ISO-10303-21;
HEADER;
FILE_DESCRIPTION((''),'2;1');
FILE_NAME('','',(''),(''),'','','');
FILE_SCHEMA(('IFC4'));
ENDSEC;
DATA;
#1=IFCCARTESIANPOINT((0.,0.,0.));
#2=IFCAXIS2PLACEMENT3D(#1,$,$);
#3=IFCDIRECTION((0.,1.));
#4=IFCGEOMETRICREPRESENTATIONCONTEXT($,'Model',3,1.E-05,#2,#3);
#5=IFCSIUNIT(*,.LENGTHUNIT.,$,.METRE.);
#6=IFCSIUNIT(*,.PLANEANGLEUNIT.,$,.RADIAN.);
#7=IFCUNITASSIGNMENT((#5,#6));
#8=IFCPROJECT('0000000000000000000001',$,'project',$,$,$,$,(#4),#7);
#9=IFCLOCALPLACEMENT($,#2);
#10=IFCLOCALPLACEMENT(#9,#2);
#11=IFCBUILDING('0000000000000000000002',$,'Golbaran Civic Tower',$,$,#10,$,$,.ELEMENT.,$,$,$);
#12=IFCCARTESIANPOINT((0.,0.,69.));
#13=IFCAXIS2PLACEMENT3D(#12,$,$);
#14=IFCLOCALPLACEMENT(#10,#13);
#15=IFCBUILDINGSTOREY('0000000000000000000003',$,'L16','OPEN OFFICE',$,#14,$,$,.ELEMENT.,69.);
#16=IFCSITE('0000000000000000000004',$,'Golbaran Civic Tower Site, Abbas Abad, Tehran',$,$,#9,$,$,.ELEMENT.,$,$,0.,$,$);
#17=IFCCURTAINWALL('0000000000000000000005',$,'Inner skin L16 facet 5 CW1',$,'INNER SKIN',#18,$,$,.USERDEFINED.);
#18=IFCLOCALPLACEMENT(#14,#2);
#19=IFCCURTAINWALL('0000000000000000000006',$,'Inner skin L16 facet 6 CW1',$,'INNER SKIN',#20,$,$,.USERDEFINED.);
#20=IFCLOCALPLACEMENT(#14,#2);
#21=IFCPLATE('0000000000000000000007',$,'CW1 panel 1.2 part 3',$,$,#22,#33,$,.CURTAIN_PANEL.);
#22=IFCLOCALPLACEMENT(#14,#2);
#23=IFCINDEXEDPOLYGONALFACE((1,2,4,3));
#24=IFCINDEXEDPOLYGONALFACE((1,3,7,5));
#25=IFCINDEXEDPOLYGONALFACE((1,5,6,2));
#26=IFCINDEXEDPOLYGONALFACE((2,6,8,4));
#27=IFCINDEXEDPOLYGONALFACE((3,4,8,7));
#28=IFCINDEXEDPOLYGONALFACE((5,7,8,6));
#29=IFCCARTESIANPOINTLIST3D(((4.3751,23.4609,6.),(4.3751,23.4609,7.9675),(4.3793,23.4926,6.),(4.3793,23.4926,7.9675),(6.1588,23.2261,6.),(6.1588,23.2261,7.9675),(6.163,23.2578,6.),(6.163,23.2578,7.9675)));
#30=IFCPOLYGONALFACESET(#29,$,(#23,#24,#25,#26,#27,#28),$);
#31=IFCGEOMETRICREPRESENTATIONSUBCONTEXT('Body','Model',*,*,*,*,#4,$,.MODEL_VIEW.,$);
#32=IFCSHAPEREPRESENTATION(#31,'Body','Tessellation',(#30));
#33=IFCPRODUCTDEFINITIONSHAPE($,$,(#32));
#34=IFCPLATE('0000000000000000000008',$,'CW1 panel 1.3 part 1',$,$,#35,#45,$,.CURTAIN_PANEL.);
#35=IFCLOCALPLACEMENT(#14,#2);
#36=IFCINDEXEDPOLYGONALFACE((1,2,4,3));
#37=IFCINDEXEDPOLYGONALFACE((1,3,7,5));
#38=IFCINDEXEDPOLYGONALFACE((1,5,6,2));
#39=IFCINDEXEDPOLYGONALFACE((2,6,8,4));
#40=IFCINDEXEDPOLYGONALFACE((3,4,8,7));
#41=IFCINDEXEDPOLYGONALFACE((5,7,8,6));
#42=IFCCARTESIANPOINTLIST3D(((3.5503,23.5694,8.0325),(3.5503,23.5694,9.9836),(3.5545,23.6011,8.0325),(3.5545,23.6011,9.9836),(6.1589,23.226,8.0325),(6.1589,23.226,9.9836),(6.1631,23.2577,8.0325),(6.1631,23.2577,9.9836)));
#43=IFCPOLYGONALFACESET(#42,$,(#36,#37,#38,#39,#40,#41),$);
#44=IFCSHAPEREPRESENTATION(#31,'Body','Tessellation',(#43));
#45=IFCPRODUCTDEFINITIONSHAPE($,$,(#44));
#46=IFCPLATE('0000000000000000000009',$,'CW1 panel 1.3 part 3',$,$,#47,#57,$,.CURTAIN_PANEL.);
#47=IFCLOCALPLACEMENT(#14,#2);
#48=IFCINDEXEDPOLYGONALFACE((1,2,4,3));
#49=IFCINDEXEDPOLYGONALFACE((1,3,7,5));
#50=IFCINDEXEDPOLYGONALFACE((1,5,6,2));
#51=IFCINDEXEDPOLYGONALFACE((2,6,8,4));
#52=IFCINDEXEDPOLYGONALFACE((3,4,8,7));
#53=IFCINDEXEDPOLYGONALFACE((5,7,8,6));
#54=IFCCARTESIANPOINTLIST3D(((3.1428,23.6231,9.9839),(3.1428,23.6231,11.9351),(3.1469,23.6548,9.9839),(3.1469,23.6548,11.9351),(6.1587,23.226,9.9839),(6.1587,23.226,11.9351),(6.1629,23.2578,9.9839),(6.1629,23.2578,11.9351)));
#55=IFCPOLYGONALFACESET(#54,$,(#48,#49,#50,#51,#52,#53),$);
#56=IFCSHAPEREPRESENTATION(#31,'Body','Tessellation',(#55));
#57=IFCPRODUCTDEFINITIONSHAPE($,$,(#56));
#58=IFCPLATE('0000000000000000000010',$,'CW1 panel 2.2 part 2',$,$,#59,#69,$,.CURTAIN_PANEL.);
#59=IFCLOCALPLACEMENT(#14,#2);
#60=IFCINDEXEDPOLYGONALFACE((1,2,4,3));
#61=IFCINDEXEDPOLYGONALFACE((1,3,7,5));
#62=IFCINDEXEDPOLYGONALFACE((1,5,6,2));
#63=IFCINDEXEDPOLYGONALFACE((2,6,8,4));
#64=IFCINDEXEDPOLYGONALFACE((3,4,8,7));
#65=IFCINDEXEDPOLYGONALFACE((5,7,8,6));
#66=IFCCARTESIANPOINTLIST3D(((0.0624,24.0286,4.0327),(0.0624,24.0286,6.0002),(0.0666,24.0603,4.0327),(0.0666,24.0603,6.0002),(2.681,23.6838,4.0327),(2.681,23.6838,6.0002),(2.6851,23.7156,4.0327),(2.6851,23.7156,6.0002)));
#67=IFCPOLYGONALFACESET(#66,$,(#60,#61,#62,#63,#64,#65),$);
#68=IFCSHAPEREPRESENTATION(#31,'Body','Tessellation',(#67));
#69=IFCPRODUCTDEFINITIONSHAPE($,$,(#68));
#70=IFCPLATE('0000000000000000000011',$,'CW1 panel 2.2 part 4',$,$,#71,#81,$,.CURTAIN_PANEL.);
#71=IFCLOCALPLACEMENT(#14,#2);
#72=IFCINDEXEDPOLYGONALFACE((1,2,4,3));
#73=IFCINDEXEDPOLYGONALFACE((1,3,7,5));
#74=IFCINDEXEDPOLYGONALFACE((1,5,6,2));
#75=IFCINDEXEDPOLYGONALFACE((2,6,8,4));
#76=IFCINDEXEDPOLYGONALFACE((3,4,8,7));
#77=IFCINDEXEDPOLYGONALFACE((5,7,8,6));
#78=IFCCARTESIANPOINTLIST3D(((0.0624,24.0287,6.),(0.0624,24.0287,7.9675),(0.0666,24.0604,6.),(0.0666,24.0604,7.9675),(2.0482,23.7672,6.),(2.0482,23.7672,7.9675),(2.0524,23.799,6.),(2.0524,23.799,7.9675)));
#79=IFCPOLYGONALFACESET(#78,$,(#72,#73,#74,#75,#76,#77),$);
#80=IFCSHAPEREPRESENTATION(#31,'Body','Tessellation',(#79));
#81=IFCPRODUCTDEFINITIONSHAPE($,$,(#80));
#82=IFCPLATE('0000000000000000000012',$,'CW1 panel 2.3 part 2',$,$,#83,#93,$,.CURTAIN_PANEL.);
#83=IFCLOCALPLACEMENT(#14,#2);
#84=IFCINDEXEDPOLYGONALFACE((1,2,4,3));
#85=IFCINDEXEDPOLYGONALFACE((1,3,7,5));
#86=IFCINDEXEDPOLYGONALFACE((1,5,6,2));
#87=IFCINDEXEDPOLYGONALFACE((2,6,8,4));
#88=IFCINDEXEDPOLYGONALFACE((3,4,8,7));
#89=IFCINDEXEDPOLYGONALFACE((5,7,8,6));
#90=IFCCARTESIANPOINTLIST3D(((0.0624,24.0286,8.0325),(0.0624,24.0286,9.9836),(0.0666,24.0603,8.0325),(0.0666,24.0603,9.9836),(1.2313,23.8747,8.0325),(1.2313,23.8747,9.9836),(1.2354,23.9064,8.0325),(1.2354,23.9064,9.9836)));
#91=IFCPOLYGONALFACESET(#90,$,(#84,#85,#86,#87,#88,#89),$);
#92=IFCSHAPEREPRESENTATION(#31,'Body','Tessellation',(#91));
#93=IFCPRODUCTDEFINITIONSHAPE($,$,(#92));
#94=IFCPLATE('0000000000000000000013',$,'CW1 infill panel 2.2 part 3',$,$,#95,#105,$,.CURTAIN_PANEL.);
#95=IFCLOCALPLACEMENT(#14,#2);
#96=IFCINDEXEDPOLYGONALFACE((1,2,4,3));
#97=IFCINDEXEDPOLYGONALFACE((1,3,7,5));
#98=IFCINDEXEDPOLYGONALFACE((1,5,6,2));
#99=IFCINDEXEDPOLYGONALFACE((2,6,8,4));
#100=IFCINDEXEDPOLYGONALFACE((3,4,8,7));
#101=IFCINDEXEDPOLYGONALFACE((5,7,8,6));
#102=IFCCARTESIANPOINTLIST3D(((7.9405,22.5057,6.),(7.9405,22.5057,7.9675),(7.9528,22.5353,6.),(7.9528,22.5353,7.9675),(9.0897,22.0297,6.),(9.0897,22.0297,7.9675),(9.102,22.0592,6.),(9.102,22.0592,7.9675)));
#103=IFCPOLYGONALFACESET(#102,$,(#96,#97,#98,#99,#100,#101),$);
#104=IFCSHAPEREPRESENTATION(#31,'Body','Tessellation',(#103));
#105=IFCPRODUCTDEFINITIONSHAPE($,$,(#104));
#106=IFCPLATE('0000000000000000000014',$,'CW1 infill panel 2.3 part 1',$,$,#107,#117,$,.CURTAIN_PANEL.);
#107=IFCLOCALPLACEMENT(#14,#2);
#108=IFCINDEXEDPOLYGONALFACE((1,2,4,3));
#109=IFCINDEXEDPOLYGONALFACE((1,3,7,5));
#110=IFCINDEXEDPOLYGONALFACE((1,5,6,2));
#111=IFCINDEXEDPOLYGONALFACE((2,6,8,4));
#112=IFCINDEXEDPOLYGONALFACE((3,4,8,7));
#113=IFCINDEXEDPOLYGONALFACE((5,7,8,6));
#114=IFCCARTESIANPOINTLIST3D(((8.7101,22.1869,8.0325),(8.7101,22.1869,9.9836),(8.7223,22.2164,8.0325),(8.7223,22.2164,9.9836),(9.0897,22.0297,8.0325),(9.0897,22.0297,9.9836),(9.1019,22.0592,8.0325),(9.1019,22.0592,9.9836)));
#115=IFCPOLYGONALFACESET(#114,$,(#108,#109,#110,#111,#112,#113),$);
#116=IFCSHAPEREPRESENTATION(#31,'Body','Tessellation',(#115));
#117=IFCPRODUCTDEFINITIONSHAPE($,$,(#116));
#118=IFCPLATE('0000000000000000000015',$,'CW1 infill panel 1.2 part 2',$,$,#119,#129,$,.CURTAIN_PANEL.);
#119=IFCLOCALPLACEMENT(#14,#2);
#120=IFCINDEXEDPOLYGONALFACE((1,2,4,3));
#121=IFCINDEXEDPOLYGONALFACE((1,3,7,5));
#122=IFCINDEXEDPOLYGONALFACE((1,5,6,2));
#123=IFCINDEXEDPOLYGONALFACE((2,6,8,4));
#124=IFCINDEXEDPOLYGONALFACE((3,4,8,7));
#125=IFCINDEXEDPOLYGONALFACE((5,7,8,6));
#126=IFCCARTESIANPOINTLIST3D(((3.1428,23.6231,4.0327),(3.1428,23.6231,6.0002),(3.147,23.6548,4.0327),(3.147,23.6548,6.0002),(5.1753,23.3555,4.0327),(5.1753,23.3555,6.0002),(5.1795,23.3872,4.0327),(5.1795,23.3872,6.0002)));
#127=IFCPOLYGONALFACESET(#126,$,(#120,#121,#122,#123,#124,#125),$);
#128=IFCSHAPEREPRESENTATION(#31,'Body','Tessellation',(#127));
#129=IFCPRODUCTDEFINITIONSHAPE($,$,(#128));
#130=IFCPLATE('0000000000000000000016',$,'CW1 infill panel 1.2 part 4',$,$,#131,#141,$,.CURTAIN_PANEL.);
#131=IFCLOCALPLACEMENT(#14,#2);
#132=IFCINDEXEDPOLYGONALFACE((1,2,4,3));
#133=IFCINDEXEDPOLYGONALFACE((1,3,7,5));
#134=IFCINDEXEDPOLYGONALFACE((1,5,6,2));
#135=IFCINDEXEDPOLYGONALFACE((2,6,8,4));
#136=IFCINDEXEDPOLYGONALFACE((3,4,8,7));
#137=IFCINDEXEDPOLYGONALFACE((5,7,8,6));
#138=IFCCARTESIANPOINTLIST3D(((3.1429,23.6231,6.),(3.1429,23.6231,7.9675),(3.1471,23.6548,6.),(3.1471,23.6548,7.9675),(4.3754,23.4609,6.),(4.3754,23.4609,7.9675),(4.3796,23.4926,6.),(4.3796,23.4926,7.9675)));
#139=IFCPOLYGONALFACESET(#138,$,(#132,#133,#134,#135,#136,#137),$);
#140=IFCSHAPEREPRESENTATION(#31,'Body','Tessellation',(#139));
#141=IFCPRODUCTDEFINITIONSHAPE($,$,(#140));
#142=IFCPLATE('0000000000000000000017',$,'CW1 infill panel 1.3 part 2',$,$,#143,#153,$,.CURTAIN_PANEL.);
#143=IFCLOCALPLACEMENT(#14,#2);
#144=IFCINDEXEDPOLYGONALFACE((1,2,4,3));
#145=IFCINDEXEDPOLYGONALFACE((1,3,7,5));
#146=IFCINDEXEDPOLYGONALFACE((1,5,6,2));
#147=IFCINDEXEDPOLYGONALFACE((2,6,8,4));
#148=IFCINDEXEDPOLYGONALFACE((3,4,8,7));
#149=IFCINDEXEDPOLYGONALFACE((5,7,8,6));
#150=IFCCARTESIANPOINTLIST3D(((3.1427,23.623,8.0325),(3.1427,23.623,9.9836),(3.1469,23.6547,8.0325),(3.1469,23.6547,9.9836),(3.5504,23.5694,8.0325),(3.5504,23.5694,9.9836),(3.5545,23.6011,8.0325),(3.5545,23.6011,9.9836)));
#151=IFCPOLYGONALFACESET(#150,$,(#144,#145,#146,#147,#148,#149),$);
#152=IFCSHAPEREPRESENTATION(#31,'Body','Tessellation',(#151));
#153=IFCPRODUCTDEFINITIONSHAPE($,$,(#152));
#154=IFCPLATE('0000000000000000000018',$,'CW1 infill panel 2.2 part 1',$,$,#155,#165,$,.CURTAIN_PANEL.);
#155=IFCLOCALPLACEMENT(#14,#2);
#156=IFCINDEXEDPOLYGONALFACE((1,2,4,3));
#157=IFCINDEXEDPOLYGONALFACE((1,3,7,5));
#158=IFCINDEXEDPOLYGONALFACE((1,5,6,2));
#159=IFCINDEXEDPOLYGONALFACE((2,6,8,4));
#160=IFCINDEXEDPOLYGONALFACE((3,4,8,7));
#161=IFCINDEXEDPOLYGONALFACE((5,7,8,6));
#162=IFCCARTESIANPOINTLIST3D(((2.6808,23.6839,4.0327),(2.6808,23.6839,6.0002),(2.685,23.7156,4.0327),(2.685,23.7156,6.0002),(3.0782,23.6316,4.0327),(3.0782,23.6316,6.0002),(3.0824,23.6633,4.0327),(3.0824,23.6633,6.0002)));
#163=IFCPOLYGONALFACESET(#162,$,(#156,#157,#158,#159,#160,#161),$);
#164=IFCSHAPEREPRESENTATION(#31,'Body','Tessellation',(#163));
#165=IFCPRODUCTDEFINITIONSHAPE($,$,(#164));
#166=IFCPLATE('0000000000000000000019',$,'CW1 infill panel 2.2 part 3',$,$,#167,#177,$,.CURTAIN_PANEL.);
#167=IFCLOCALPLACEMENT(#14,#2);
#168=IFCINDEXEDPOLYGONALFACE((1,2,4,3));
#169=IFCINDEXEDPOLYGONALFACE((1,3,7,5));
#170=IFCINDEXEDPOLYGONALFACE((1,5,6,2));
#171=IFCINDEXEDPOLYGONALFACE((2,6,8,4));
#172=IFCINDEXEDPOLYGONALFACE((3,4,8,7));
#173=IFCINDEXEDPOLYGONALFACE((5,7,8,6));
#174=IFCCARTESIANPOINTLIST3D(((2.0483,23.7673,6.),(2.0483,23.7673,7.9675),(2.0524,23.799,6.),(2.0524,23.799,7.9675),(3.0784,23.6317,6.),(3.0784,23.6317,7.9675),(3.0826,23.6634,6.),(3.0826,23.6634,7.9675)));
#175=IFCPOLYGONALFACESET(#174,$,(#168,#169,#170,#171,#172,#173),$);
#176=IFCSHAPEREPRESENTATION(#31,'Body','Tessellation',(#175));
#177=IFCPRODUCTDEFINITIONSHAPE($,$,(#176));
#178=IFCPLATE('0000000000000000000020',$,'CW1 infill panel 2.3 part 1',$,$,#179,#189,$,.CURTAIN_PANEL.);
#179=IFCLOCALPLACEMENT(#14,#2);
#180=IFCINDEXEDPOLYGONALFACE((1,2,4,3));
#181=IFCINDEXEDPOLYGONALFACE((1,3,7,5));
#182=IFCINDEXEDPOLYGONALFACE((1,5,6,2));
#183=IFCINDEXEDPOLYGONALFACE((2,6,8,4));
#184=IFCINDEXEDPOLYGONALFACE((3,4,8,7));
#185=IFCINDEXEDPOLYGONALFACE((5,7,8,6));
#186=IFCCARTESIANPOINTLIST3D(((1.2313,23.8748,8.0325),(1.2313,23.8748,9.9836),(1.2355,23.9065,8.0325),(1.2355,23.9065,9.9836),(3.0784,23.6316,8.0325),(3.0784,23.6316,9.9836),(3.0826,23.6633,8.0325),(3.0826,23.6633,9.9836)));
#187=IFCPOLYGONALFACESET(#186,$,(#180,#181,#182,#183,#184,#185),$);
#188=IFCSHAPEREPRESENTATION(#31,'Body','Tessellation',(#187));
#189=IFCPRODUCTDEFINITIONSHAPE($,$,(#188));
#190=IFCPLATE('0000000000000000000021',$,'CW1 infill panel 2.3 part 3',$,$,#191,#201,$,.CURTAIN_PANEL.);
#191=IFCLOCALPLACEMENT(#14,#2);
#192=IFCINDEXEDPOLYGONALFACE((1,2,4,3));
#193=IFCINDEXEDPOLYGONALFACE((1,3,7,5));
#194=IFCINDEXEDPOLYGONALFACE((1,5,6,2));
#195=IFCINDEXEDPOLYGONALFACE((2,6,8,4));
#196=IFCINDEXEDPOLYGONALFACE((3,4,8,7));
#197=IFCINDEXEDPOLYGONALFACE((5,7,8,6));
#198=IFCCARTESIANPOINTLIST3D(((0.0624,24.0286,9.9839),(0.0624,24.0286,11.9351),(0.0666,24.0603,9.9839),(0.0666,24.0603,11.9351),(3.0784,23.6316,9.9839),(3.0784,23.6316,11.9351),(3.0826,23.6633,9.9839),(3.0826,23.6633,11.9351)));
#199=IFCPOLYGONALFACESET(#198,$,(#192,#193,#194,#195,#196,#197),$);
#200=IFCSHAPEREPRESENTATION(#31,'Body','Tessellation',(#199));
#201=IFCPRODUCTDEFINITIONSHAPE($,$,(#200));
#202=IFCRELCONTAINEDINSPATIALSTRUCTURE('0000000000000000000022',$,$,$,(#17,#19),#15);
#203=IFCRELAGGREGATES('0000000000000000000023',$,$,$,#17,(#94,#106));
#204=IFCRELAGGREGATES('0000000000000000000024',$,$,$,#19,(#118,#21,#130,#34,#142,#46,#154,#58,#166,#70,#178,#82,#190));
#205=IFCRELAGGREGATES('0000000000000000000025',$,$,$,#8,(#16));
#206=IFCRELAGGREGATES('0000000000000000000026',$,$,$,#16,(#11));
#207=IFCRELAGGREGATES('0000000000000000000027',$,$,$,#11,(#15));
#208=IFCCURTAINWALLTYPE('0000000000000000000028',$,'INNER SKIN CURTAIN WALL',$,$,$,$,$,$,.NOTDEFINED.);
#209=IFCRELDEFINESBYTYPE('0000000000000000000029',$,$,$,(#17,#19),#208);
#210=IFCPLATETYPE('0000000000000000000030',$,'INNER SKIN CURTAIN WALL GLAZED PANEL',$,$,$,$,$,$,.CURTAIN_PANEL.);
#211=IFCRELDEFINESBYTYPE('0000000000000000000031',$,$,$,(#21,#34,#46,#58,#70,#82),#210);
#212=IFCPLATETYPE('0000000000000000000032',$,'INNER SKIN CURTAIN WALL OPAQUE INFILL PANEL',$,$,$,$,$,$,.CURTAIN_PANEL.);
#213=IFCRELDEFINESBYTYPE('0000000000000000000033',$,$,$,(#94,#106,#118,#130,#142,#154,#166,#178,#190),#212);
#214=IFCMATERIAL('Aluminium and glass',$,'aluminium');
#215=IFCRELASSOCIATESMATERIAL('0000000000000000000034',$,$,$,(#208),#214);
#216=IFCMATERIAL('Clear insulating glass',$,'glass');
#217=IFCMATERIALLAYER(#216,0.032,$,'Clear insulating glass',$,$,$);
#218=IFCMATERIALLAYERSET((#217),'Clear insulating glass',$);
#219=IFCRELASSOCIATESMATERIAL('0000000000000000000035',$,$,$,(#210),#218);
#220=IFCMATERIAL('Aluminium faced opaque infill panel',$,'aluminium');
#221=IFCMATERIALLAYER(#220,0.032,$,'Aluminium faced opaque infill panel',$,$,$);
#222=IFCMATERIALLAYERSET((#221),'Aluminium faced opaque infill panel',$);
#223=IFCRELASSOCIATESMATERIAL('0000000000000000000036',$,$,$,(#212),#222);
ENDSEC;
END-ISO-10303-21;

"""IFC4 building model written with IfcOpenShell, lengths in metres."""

from ifc_helpers import new_model, si_unit, direction, frame, origin, origin_2d, place, context, subcontext, project, spatial, rectangle, extrude, material, layer, layer_set, type_object, element, aggregate, save


model = new_model("IFC4")

# Units and contexts
model_context = context("Model", 3, precision=1e-05, world=origin(), true_north=direction((0.0, 1.0)))
body_context = subcontext(model_context, "Body", "Model", "MODEL_VIEW")
ifc_project = project(units=[si_unit("LENGTHUNIT", "METRE"), si_unit("PLANEANGLEUNIT", "RADIAN")], contexts=[model_context])

# Site, building, storey
site_placement = place(None, origin())
site = spatial("IfcSite", under=ifc_project, at=site_placement, Name="Golbaran Civic Tower Site, Abbas Abad, Tehran", CompositionType="ELEMENT", RefElevation=0.0)
building_placement = place(site_placement, origin())
building = spatial("IfcBuilding", under=site, at=building_placement, Name="Golbaran Civic Tower", CompositionType="ELEMENT")
storey_placement = place(building_placement, frame((0.0, 0.0, 69.0)))
storey = spatial("IfcBuildingStorey", under=building, at=storey_placement, Name="L16", Description="OPEN OFFICE", CompositionType="ELEMENT", Elevation=69.0)

# Curtain walls
ifc_material_1 = material(Name="Aluminium and glass", Category="aluminium")
curtain_wall_type_1 = type_object("IfcCurtainWallType", Name="INNER SKIN CURTAIN WALL", PredefinedType="NOTDEFINED", material=ifc_material_1)
curtain_wall_1_placement = place(storey_placement, origin())
curtain_wall_1 = element("IfcCurtainWall", 1, at=curtain_wall_1_placement, inside=storey, type_object=curtain_wall_type_1, Name="Inner skin L16 facet 5 CW1", ObjectType="INNER SKIN", PredefinedType="USERDEFINED")
curtain_wall_2_placement = place(storey_placement, origin())
curtain_wall_2 = element("IfcCurtainWall", 2, at=curtain_wall_2_placement, inside=storey, type_object=curtain_wall_type_1, Name="Inner skin L16 facet 6 CW1", ObjectType="INNER SKIN", PredefinedType="USERDEFINED")

# Plates
ifc_material_2 = material(Name="Clear insulating glass", Category="glass")
ifc_layer_1 = layer(ifc_material_2, 0.032, Name="Clear insulating glass")
ifc_layer_set_1 = layer_set([ifc_layer_1], Name="Clear insulating glass")
plate_type_1 = type_object("IfcPlateType", Name="INNER SKIN CURTAIN WALL GLAZED PANEL", PredefinedType="CURTAIN_PANEL", material=ifc_layer_set_1)
plate_1_placement = place(storey_placement, frame((5.269, 23.3594, 6.0), z_axis=(0.0, 0.0, 1.0), x_axis=(-0.991445, 0.130526, 0.0)))
plate_1 = element("IfcPlate", 3, at=plate_1_placement, type_object=plate_type_1, Name="CW1 panel 1.2 part 3", PredefinedType="CURTAIN_PANEL", context=body_context, shape_type="SweptSolid", body=[
    extrude(rectangle(XDim=1.7991, YDim=0.032, at=origin_2d()), origin(), (0.0, 0.0, 1.0), 1.9675),
])
plate_2_placement = place(storey_placement, frame((4.8567, 23.4136, 8.0325), z_axis=(0.0, 0.0, 1.0), x_axis=(-0.991445, 0.130526, 0.0)))
plate_2 = element("IfcPlate", 4, at=plate_2_placement, type_object=plate_type_1, Name="CW1 panel 1.3 part 1", PredefinedType="CURTAIN_PANEL", context=body_context, shape_type="SweptSolid", body=[
    extrude(rectangle(XDim=2.6311, YDim=0.032, at=origin_2d()), origin(), (0.0, 0.0, 1.0), 1.9512),
])
plate_3_placement = place(storey_placement, frame((4.6528, 23.4404, 9.9839), z_axis=(0.0, 0.0, 1.0), x_axis=(-0.991445, 0.130526, 0.0)))
plate_3 = element("IfcPlate", 5, at=plate_3_placement, type_object=plate_type_1, Name="CW1 panel 1.3 part 3", PredefinedType="CURTAIN_PANEL", context=body_context, shape_type="SweptSolid", body=[
    extrude(rectangle(XDim=3.042, YDim=0.032, at=origin_2d()), origin(), (0.0, 0.0, 1.0), 1.9512),
])
plate_4_placement = place(storey_placement, frame((1.3738, 23.8721, 4.0327), z_axis=(0.0, 0.0, 1.0), x_axis=(-0.991445, 0.130526, 0.0)))
plate_4 = element("IfcPlate", 6, at=plate_4_placement, type_object=plate_type_1, Name="CW1 panel 2.2 part 2", PredefinedType="CURTAIN_PANEL", context=body_context, shape_type="SweptSolid", body=[
    extrude(rectangle(XDim=2.6411, YDim=0.032, at=origin_2d()), origin(), (0.0, 0.0, 1.0), 1.9675),
])
plate_5_placement = place(storey_placement, frame((1.0574, 23.9138, 6.0), z_axis=(0.0, 0.0, 1.0), x_axis=(-0.991445, 0.130526, 0.0)))
plate_5 = element("IfcPlate", 7, at=plate_5_placement, type_object=plate_type_1, Name="CW1 panel 2.2 part 4", PredefinedType="CURTAIN_PANEL", context=body_context, shape_type="SweptSolid", body=[
    extrude(rectangle(XDim=2.0029, YDim=0.032, at=origin_2d()), origin(), (0.0, 0.0, 1.0), 1.9675),
])
plate_6_placement = place(storey_placement, frame((0.6489, 23.9675, 8.0325), z_axis=(0.0, 0.0, 1.0), x_axis=(-0.991445, 0.130526, 0.0)))
plate_6 = element("IfcPlate", 8, at=plate_6_placement, type_object=plate_type_1, Name="CW1 panel 2.3 part 2", PredefinedType="CURTAIN_PANEL", context=body_context, shape_type="SweptSolid", body=[
    extrude(rectangle(XDim=1.179, YDim=0.032, at=origin_2d()), origin(), (0.0, 0.0, 1.0), 1.9512),
])
ifc_material_3 = material(Name="Aluminium faced opaque infill panel", Category="aluminium")
ifc_layer_2 = layer(ifc_material_3, 0.032, Name="Aluminium faced opaque infill panel")
ifc_layer_set_2 = layer_set([ifc_layer_2], Name="Aluminium faced opaque infill panel")
plate_type_2 = type_object("IfcPlateType", Name="INNER SKIN CURTAIN WALL OPAQUE INFILL PANEL", PredefinedType="CURTAIN_PANEL", material=ifc_layer_set_2)
plate_7_placement = place(storey_placement, frame((8.5212, 22.2825, 6.0), z_axis=(0.0, 0.0, 1.0), x_axis=(-0.92388, 0.382683, 0.0)))
plate_7 = element("IfcPlate", 9, at=plate_7_placement, type_object=plate_type_2, Name="CW1 infill panel 2.2 part 3", PredefinedType="CURTAIN_PANEL", context=body_context, shape_type="SweptSolid", body=[
    extrude(rectangle(XDim=1.2439, YDim=0.032, at=origin_2d()), origin(), (0.0, 0.0, 1.0), 1.9675),
])
plate_8_placement = place(storey_placement, frame((8.906, 22.123, 8.0325), z_axis=(0.0, 0.0, 1.0), x_axis=(-0.92388, 0.382683, 0.0)))
plate_8 = element("IfcPlate", 10, at=plate_8_placement, type_object=plate_type_2, Name="CW1 infill panel 2.3 part 1", PredefinedType="CURTAIN_PANEL", context=body_context, shape_type="SweptSolid", body=[
    extrude(rectangle(XDim=0.4109, YDim=0.032, at=origin_2d()), origin(), (0.0, 0.0, 1.0), 1.9512),
])
aggregate(curtain_wall_1, [plate_7, plate_8])
plate_9_placement = place(storey_placement, frame((4.1611, 23.5051, 4.0327), z_axis=(0.0, 0.0, 1.0), x_axis=(-0.991445, 0.130526, 0.0)))
plate_9 = element("IfcPlate", 11, at=plate_9_placement, type_object=plate_type_2, Name="CW1 infill panel 1.2 part 2", PredefinedType="CURTAIN_PANEL", context=body_context, shape_type="SweptSolid", body=[
    extrude(rectangle(XDim=2.05, YDim=0.032, at=origin_2d()), origin(), (0.0, 0.0, 1.0), 1.9675),
])
plate_10_placement = place(storey_placement, frame((3.7612, 23.5579, 6.0), z_axis=(0.0, 0.0, 1.0), x_axis=(-0.991445, 0.130526, 0.0)))
plate_10 = element("IfcPlate", 12, at=plate_10_placement, type_object=plate_type_2, Name="CW1 infill panel 1.2 part 4", PredefinedType="CURTAIN_PANEL", context=body_context, shape_type="SweptSolid", body=[
    extrude(rectangle(XDim=1.2432, YDim=0.032, at=origin_2d()), origin(), (0.0, 0.0, 1.0), 1.9675),
])
plate_11_placement = place(storey_placement, frame((3.3486, 23.6121, 8.0325), z_axis=(0.0, 0.0, 1.0), x_axis=(-0.991445, 0.130526, 0.0)))
plate_11 = element("IfcPlate", 13, at=plate_11_placement, type_object=plate_type_2, Name="CW1 infill panel 1.3 part 2", PredefinedType="CURTAIN_PANEL", context=body_context, shape_type="SweptSolid", body=[
    extrude(rectangle(XDim=0.4111, YDim=0.032, at=origin_2d()), origin(), (0.0, 0.0, 1.0), 1.9512),
])
plate_12_placement = place(storey_placement, frame((2.8816, 23.6736, 4.0327), z_axis=(0.0, 0.0, 1.0), x_axis=(-0.991445, 0.130526, 0.0)))
plate_12 = element("IfcPlate", 14, at=plate_12_placement, type_object=plate_type_2, Name="CW1 infill panel 2.2 part 1", PredefinedType="CURTAIN_PANEL", context=body_context, shape_type="SweptSolid", body=[
    extrude(rectangle(XDim=0.4009, YDim=0.032, at=origin_2d()), origin(), (0.0, 0.0, 1.0), 1.9675),
])
plate_13_placement = place(storey_placement, frame((2.5654, 23.7153, 6.0), z_axis=(0.0, 0.0, 1.0), x_axis=(-0.991445, 0.130526, 0.0)))
plate_13 = element("IfcPlate", 15, at=plate_13_placement, type_object=plate_type_2, Name="CW1 infill panel 2.2 part 3", PredefinedType="CURTAIN_PANEL", context=body_context, shape_type="SweptSolid", body=[
    extrude(rectangle(XDim=1.0391, YDim=0.032, at=origin_2d()), origin(), (0.0, 0.0, 1.0), 1.9675),
])
plate_14_placement = place(storey_placement, frame((2.157, 23.769, 8.0325), z_axis=(0.0, 0.0, 1.0), x_axis=(-0.991445, 0.130526, 0.0)))
plate_14 = element("IfcPlate", 16, at=plate_14_placement, type_object=plate_type_2, Name="CW1 infill panel 2.3 part 1", PredefinedType="CURTAIN_PANEL", context=body_context, shape_type="SweptSolid", body=[
    extrude(rectangle(XDim=1.863, YDim=0.032, at=origin_2d()), origin(), (0.0, 0.0, 1.0), 1.9512),
])
plate_15_placement = place(storey_placement, frame((1.5725, 23.8459, 9.9839), z_axis=(0.0, 0.0, 1.0), x_axis=(-0.991445, 0.130526, 0.0)))
plate_15 = element("IfcPlate", 17, at=plate_15_placement, type_object=plate_type_2, Name="CW1 infill panel 2.3 part 3", PredefinedType="CURTAIN_PANEL", context=body_context, shape_type="SweptSolid", body=[
    extrude(rectangle(XDim=3.042, YDim=0.032, at=origin_2d()), origin(), (0.0, 0.0, 1.0), 1.9512),
])
aggregate(curtain_wall_2, [plate_9, plate_1, plate_10, plate_2, plate_11, plate_3, plate_12, plate_4, plate_13, plate_5, plate_14, plate_6, plate_15])

save(model, "model.ifc")
